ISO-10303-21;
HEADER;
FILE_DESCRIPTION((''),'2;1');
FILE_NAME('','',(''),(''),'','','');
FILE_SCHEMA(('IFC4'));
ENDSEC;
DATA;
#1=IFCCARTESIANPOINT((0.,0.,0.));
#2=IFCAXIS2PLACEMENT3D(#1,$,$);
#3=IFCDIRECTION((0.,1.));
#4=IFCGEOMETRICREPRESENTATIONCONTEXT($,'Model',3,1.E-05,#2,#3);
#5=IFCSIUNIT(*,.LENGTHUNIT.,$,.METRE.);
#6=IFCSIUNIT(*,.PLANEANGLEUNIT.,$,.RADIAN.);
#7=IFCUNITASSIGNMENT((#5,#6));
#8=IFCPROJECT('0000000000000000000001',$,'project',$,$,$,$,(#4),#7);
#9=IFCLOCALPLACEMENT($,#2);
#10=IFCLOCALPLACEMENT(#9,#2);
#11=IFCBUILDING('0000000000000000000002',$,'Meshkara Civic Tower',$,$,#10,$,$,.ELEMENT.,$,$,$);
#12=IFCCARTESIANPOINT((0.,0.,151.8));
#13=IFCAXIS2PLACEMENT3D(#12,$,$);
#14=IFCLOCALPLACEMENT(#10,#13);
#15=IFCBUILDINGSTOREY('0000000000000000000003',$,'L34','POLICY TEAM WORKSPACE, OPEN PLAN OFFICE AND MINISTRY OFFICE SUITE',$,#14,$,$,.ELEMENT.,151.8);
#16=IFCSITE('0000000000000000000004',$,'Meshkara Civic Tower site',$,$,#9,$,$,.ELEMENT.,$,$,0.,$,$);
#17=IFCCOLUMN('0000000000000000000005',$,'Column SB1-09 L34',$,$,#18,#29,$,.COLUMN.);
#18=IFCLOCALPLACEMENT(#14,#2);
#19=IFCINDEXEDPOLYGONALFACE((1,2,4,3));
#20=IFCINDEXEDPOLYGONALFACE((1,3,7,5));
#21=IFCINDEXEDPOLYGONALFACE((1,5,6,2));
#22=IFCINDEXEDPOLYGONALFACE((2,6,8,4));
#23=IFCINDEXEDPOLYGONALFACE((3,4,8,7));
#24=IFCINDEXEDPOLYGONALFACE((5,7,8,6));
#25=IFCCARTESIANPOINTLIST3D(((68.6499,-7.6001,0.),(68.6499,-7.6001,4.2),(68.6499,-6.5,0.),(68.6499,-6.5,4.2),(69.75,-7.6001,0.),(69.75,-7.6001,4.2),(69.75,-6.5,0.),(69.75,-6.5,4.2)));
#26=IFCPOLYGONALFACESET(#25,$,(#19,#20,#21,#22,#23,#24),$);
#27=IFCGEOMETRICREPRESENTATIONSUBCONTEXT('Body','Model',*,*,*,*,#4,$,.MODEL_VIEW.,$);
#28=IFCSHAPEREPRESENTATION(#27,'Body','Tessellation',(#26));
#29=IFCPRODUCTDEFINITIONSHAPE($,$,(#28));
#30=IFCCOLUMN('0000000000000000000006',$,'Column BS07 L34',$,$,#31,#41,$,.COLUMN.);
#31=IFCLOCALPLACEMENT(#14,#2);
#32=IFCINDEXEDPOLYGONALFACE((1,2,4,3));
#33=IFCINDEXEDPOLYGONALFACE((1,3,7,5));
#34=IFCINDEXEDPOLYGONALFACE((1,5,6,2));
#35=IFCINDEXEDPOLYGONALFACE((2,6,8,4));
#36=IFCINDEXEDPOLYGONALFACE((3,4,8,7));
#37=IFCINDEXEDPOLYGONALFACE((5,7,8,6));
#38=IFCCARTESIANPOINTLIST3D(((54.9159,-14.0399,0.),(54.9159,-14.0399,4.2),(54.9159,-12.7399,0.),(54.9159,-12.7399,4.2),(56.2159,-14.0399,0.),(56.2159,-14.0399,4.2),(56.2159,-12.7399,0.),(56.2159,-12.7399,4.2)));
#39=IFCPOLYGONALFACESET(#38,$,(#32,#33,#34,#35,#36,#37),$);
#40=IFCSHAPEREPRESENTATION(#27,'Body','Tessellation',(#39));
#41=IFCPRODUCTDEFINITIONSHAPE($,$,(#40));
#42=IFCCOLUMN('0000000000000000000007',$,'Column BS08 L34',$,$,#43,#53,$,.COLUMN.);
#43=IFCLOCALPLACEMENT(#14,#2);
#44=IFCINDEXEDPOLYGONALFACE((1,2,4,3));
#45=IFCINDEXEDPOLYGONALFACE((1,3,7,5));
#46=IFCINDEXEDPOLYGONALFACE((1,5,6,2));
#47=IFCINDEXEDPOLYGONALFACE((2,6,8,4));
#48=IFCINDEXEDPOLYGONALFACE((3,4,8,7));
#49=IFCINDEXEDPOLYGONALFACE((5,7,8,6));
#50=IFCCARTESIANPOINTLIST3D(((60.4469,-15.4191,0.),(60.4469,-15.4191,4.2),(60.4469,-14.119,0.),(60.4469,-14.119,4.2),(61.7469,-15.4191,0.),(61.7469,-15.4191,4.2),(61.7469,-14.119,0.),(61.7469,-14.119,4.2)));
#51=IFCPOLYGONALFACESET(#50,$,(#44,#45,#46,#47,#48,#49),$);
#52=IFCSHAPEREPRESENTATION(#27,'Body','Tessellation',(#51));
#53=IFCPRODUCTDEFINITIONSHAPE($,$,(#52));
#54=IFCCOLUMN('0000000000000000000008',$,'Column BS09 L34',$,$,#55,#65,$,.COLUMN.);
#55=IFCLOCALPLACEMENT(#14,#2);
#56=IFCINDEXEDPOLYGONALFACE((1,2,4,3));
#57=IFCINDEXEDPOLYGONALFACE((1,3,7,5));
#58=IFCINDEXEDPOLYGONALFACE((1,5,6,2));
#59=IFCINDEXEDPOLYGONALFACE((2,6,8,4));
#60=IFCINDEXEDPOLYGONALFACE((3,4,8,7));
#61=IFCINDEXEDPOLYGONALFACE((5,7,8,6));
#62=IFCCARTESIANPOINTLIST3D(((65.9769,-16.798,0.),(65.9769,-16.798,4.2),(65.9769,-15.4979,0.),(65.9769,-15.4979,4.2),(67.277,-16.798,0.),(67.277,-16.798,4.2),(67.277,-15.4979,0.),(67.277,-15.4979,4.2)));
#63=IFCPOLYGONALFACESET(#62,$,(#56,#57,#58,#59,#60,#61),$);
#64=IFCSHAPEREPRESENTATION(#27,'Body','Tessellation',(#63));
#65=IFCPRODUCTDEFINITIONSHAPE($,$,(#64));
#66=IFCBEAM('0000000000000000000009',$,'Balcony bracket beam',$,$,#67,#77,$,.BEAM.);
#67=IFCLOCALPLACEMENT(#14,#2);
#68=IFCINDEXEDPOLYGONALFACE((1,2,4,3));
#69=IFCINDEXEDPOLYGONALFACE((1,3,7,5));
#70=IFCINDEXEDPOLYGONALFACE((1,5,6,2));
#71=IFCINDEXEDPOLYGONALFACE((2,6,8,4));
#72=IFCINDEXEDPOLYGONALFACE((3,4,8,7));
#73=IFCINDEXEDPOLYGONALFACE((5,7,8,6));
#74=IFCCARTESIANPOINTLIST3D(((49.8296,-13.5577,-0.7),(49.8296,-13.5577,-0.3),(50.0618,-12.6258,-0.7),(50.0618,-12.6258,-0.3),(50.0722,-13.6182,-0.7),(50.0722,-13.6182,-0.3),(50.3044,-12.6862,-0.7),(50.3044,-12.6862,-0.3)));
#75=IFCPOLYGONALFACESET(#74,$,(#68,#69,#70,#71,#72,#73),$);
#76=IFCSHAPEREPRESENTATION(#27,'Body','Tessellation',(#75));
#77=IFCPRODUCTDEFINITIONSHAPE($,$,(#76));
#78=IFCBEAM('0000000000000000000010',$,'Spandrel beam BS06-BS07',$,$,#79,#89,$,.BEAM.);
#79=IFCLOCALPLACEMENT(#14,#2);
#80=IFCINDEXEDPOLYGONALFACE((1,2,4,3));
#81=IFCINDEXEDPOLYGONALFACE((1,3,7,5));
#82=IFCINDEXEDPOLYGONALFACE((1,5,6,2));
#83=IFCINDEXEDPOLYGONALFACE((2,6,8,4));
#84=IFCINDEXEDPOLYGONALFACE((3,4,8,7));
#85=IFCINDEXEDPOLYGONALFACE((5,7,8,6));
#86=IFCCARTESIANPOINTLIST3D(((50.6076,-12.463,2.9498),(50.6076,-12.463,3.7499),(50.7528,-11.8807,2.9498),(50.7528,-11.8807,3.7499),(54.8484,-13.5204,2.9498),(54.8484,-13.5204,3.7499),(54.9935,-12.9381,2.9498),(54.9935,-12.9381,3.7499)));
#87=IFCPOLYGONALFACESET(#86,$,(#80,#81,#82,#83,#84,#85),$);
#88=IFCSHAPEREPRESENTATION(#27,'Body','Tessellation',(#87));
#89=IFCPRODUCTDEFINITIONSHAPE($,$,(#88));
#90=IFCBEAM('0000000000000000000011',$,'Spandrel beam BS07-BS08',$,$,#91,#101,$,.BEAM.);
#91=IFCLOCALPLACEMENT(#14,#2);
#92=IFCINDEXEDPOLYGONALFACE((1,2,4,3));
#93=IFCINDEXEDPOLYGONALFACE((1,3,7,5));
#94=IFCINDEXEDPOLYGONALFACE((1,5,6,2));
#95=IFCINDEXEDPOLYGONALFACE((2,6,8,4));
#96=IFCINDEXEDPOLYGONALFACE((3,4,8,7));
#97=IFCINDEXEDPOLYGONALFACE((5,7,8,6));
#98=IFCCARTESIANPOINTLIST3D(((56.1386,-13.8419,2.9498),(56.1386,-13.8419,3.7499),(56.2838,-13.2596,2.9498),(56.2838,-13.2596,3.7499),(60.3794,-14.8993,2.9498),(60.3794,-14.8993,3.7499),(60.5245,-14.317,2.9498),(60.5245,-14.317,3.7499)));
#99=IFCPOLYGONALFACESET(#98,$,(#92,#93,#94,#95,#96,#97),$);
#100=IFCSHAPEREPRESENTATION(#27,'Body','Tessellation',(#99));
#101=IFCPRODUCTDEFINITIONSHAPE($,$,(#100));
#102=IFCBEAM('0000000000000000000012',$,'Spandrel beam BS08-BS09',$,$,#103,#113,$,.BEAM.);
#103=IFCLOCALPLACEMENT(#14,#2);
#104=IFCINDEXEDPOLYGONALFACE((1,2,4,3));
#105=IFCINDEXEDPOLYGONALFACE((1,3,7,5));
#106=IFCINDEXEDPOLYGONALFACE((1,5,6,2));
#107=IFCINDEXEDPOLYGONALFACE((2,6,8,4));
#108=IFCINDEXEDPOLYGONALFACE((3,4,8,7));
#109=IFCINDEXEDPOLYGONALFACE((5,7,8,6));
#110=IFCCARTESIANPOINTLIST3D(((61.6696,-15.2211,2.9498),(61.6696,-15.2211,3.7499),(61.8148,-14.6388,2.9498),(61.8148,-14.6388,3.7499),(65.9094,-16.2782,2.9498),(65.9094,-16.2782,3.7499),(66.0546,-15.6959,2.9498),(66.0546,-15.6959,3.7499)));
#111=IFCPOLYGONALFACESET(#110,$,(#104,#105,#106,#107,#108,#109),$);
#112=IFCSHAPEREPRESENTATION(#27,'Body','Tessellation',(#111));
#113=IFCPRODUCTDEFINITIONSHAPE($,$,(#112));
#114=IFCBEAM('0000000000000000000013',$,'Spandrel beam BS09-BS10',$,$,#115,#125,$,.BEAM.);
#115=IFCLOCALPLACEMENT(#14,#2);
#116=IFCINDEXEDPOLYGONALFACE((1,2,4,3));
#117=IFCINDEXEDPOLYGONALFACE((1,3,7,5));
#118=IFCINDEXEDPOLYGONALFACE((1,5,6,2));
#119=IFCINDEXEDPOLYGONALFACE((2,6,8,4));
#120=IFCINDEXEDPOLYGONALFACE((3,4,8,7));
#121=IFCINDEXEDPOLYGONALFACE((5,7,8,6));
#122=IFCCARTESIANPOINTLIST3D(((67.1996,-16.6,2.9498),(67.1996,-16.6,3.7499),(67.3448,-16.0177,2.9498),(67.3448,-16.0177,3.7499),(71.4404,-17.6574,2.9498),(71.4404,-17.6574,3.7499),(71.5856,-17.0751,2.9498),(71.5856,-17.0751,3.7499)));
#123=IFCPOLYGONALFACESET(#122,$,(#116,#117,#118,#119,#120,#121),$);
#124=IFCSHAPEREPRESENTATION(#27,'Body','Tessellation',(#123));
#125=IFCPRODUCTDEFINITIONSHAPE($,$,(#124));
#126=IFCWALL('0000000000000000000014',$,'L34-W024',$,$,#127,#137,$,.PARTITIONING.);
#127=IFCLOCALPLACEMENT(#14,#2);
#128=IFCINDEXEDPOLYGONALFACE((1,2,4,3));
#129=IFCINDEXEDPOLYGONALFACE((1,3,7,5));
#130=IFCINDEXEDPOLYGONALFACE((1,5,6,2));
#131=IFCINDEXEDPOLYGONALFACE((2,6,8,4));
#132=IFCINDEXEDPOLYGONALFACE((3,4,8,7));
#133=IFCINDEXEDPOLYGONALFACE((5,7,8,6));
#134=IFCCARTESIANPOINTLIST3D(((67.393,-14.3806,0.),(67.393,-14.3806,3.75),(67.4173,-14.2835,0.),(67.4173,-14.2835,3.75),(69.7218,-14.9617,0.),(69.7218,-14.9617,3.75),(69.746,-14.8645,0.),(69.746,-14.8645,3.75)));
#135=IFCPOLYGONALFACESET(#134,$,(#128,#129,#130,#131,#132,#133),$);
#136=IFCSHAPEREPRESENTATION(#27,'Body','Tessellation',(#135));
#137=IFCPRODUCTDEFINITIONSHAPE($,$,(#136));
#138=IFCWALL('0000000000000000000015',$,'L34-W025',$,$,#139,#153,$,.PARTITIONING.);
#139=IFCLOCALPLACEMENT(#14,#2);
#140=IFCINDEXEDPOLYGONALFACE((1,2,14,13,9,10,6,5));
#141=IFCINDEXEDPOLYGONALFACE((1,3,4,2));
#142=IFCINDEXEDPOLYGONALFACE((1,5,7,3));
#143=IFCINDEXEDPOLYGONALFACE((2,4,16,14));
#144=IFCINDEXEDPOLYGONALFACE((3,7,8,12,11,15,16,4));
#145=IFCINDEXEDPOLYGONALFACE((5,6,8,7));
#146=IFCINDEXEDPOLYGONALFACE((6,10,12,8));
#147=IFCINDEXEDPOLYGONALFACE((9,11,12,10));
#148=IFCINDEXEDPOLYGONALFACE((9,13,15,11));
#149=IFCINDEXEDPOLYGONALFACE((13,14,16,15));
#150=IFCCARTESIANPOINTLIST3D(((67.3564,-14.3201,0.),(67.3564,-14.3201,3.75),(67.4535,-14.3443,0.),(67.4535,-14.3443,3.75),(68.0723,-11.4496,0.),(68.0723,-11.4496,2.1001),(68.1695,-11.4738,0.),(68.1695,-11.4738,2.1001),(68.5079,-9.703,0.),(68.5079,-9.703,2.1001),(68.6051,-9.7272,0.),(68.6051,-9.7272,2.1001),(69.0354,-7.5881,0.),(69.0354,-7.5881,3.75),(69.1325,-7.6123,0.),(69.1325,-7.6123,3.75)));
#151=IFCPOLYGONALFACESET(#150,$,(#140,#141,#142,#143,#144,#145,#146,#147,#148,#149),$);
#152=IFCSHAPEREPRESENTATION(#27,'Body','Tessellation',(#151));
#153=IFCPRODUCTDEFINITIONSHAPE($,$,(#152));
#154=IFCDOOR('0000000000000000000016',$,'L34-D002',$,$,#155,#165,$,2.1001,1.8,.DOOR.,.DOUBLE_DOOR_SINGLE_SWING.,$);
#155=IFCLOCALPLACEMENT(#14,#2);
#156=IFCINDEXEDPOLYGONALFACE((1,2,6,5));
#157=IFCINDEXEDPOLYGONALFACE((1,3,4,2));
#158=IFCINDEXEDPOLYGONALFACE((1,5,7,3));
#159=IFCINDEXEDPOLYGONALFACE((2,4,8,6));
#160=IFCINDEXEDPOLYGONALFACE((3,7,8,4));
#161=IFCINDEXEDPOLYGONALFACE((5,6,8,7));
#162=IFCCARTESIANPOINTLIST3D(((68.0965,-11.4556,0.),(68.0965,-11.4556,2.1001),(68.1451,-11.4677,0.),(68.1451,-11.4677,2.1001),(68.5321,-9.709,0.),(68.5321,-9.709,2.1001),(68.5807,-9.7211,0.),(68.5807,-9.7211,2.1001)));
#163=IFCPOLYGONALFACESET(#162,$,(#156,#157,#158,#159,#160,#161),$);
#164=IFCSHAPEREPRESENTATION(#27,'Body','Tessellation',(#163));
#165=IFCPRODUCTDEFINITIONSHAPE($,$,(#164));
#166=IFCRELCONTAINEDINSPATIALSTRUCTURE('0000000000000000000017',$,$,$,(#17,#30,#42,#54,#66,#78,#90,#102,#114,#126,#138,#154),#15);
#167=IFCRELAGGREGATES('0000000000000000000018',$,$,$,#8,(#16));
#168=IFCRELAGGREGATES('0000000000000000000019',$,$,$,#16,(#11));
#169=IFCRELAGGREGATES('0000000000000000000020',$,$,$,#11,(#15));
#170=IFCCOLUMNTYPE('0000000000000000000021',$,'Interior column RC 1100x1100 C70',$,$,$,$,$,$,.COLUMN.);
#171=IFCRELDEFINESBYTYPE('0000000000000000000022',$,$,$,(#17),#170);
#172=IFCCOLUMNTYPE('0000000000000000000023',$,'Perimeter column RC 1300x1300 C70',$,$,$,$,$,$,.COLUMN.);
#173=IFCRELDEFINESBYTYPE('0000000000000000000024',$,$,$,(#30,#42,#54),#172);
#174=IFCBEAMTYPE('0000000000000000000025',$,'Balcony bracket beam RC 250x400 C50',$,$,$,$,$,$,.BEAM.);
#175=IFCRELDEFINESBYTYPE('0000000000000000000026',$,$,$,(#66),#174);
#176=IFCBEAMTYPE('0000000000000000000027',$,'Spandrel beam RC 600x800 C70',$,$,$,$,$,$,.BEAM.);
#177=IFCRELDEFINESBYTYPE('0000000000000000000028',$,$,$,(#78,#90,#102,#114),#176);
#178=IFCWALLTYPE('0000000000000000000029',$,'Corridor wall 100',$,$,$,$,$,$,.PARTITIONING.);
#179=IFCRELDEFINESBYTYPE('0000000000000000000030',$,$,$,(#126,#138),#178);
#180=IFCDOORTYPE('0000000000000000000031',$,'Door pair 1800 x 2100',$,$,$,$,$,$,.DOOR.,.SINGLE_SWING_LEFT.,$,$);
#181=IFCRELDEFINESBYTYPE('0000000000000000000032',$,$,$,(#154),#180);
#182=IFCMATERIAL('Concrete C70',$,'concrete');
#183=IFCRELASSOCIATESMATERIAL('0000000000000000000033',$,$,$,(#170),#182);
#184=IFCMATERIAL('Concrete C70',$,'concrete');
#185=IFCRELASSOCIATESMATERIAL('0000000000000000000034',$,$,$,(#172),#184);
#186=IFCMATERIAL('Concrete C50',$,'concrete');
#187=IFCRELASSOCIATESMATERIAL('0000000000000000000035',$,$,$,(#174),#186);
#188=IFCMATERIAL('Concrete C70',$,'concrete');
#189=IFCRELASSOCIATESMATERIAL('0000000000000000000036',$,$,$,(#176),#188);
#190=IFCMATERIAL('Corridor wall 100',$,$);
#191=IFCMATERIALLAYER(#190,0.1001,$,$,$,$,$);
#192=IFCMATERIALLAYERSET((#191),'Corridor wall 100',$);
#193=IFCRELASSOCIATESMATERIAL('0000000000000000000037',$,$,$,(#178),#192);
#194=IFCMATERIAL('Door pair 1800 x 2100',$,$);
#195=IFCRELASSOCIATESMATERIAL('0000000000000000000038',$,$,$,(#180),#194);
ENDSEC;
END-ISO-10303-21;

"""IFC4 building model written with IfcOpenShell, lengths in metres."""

from ifc_helpers import new_model, si_unit, direction, frame, frame_2d, origin, origin_2d, place, context, subcontext, project, spatial, rectangle, extrude, material, layer, layer_set, material_profile, profile_set, type_object, element, fill, save


model = new_model("IFC4")

# Units and contexts
model_context = context("Model", 3, precision=1e-05, world=origin(), true_north=direction((0.0, 1.0)))
body_context = subcontext(model_context, "Body", "Model", "MODEL_VIEW")
ifc_project = project(units=[si_unit("LENGTHUNIT", "METRE"), si_unit("PLANEANGLEUNIT", "RADIAN")], contexts=[model_context])

# Site, building, storey
site_placement = place(None, origin())
site = spatial("IfcSite", under=ifc_project, at=site_placement, Name="Meshkara Civic Tower site", CompositionType="ELEMENT", RefElevation=0.0)
building_placement = place(site_placement, origin())
building = spatial("IfcBuilding", under=site, at=building_placement, Name="Meshkara Civic Tower", CompositionType="ELEMENT")
storey_placement = place(building_placement, frame((0.0, 0.0, 151.8)))
storey = spatial("IfcBuildingStorey", under=building, at=storey_placement, Name="L34", Description="POLICY TEAM WORKSPACE, OPEN PLAN OFFICE AND MINISTRY OFFICE SUITE", CompositionType="ELEMENT", Elevation=151.8)

# Columns
ifc_material_1 = material(Name="Concrete C70", Category="concrete")
ifc_material_profile_1 = material_profile(ifc_material_1, rectangle(XDim=1.1001, YDim=1.1001, at=origin_2d()))
ifc_profile_set_1 = profile_set([ifc_material_profile_1], Name="Concrete C70")
column_type_1 = type_object("IfcColumnType", Name="Interior column RC 1100x1100 C70", PredefinedType="COLUMN", material=ifc_profile_set_1)
column_placement = place(storey_placement, frame((69.2, -7.05, 0.0), z_axis=(0.0, 0.0, 1.0), x_axis=(1.0, 0.0, 0.0)))
element("IfcColumn", 1, at=column_placement, inside=storey, type_object=column_type_1, Name="Column SB1-09 L34", PredefinedType="COLUMN", context=body_context, shape_type="SweptSolid", body=[
    extrude(rectangle(XDim=1.1001, YDim=1.1001, at=origin_2d()), origin(), (0.0, 0.0, 1.0), 4.2),
])
ifc_material_2 = material(Name="Concrete C70", Category="concrete")
ifc_material_profile_2 = material_profile(ifc_material_2, rectangle(XDim=1.3, YDim=1.3, at=origin_2d()))
ifc_profile_set_2 = profile_set([ifc_material_profile_2], Name="Concrete C70")
column_type_2 = type_object("IfcColumnType", Name="Perimeter column RC 1300x1300 C70", PredefinedType="COLUMN", material=ifc_profile_set_2)
for number, where, z_axis, x_axis, name in (
    (2, (55.5659, -13.3899, 0.0), (0.0, 0.0, 1.0), (1.0, 0.0, 0.0), "Column BS07 L34"),
    (3, (61.0969, -14.769, 0.0), (0.0, 0.0, 1.0), (1.0, 0.0, 0.0), "Column BS08 L34"),
    (4, (66.627, -16.1479, 0.0), (0.0, 0.0, 1.0), (1.0, 0.0, 0.0), "Column BS09 L34"),
):
    element("IfcColumn", number, at=place(storey_placement, frame(where, z_axis=z_axis, x_axis=x_axis)), inside=storey, type_object=column_type_2, Name=name, PredefinedType="COLUMN", context=body_context, shape_type="SweptSolid", body=[
        extrude(rectangle(XDim=1.3, YDim=1.3, at=origin_2d()), origin(), (0.0, 0.0, 1.0), 4.2),
    ])

# Beams
ifc_material_3 = material(Name="Concrete C50", Category="concrete")
ifc_material_profile_3 = material_profile(ifc_material_3, rectangle(XDim=0.25, YDim=0.3999, at=origin_2d()))
ifc_profile_set_3 = profile_set([ifc_material_profile_3], Name="Concrete C50")
beam_type_1 = type_object("IfcBeamType", Name="Balcony bracket beam RC 250x400 C50", PredefinedType="BEAM", material=ifc_profile_set_3)
beam_1_placement = place(storey_placement, frame((50.1831, -12.656, -0.5), z_axis=(-0.241758, -0.970337, 0.0), x_axis=(0.970337, -0.241758, 0.0)))
element("IfcBeam", 5, at=beam_1_placement, inside=storey, type_object=beam_type_1, Name="Balcony bracket beam", PredefinedType="BEAM", context=body_context, shape_type="SweptSolid", body=[
    extrude(rectangle(XDim=0.25, YDim=0.3999, at=origin_2d()), origin(), (0.0, 0.0, 1.0), 0.9604),
])
ifc_material_4 = material(Name="Concrete C70", Category="concrete")
ifc_material_profile_4 = material_profile(ifc_material_4, rectangle(XDim=0.6001, YDim=0.8, at=origin_2d()))
ifc_profile_set_4 = profile_set([ifc_material_profile_4], Name="Concrete C70")
beam_type_2 = type_object("IfcBeamType", Name="Spandrel beam RC 600x800 C70", PredefinedType="BEAM", material=ifc_profile_set_4)
for number, where, z_axis, x_axis, name in (
    (6, (50.6802, -12.1719, 3.3499), (0.970293, -0.241931, 0.0), (0.241931, 0.970293, 0.0), "Spandrel beam BS06-BS07"),
    (7, (56.2112, -13.5508, 3.3499), (0.970293, -0.241931, 0.0), (0.241931, 0.970293, 0.0), "Spandrel beam BS07-BS08"),
):
    element("IfcBeam", number, at=place(storey_placement, frame(where, z_axis=z_axis, x_axis=x_axis)), inside=storey, type_object=beam_type_2, Name=name, PredefinedType="BEAM", context=body_context, shape_type="SweptSolid", body=[
        extrude(rectangle(XDim=0.6001, YDim=0.8, at=origin_2d()), origin(), (0.0, 0.0, 1.0), 4.3706),
    ])
beam_2_placement = place(storey_placement, frame((61.7422, -14.9299, 3.3499), z_axis=(0.970293, -0.241931, 0.0), x_axis=(0.241931, 0.970293, 0.0)))
element("IfcBeam", 8, at=beam_2_placement, inside=storey, type_object=beam_type_2, Name="Spandrel beam BS08-BS09", PredefinedType="BEAM", context=body_context, shape_type="SweptSolid", body=[
    extrude(rectangle(XDim=0.6001, YDim=0.8, at=origin_2d()), origin(), (0.0, 0.0, 1.0), 4.3696),
])
beam_3_placement = place(storey_placement, frame((67.2722, -16.3088, 3.3499), z_axis=(0.970293, -0.241931, 0.0), x_axis=(0.241931, 0.970293, 0.0)))
element("IfcBeam", 9, at=beam_3_placement, inside=storey, type_object=beam_type_2, Name="Spandrel beam BS09-BS10", PredefinedType="BEAM", context=body_context, shape_type="SweptSolid", body=[
    extrude(rectangle(XDim=0.6001, YDim=0.8, at=origin_2d()), origin(), (0.0, 0.0, 1.0), 4.3706),
])

# Wall
ifc_material_5 = material(Name="Corridor wall 100")
ifc_layer_1 = layer(ifc_material_5, 0.1001)
ifc_layer_set_1 = layer_set([ifc_layer_1], Name="Corridor wall 100")
wall_type_1 = type_object("IfcWallType", Name="Corridor wall 100", PredefinedType="PARTITIONING", material=ifc_layer_set_1)
wall_1_placement = place(storey_placement, frame((67.405, -14.332, 0.0), z_axis=(0.0, 0.0, 1.0), x_axis=(0.970256, -0.242081, 0.0)))
element("IfcWall", 10, at=wall_1_placement, inside=storey, type_object=wall_type_1, Name="L34-W024", PredefinedType="PARTITIONING", context=body_context, shape_type="SweptSolid", body=[
    extrude(rectangle(XDim=2.4001, YDim=0.1001, at=frame_2d((1.2002, 0.0))), origin(), (0.0, 0.0, 1.0), 3.75),
])

# Wall, opening, door
wall_2_placement = place(storey_placement, frame((69.084, -7.6001, 0.0), z_axis=(0.0, 0.0, 1.0), x_axis=(-0.241989, -0.970279, 0.0)))
wall_2 = element("IfcWall", 11, at=wall_2_placement, inside=storey, type_object=wall_type_1, Name="L34-W025", PredefinedType="PARTITIONING", context=body_context, shape_type="SweptSolid", body=[
    extrude(rectangle(XDim=6.9382, YDim=0.1001, at=frame_2d((3.4692, 0.0))), origin(), (0.0, 0.0, 1.0), 3.75),
])
opening_1_placement = place(wall_2_placement, frame((2.1799, 0.0, 0.0)))
opening_1 = element("IfcOpeningElement", 12, at=opening_1_placement, cuts=wall_2, PredefinedType="OPENING", context=body_context, shape_type="SweptSolid", body=[
    extrude(rectangle(XDim=1.8, YDim=2.1001, at=frame_2d((0.8999, 1.05))), frame((0.0, 0.0601, 0.0), z_axis=(0.0, -1.0, 0.0), x_axis=(1.0, 0.0, 0.0)), (0.0, 0.0, 1.0), 0.1201),
])
ifc_material_6 = material(Name="Door pair 1800 x 2100")
door_type_1 = type_object("IfcDoorType", Name="Door pair 1800 x 2100", OperationType="SINGLE_SWING_LEFT", PredefinedType="DOOR", material=ifc_material_6)
door_1_placement = place(opening_1_placement, origin())
door_1 = element("IfcDoor", 13, at=door_1_placement, inside=storey, type_object=door_type_1, Name="L34-D002", OperationType="DOUBLE_DOOR_SINGLE_SWING", OverallHeight=2.1001, OverallWidth=1.8, PredefinedType="DOOR", context=body_context, shape_type="SweptSolid", body=[
    extrude(rectangle(XDim=1.8, YDim=2.1001, at=frame_2d((0.8999, 1.05))), frame((0.0, 0.0249, 0.0), z_axis=(0.0, -1.0, 0.0), x_axis=(1.0, 0.0, 0.0)), (0.0, 0.0, 1.0), 0.05),
])
fill(opening_1, door_1)

save(model, "model.ifc")
